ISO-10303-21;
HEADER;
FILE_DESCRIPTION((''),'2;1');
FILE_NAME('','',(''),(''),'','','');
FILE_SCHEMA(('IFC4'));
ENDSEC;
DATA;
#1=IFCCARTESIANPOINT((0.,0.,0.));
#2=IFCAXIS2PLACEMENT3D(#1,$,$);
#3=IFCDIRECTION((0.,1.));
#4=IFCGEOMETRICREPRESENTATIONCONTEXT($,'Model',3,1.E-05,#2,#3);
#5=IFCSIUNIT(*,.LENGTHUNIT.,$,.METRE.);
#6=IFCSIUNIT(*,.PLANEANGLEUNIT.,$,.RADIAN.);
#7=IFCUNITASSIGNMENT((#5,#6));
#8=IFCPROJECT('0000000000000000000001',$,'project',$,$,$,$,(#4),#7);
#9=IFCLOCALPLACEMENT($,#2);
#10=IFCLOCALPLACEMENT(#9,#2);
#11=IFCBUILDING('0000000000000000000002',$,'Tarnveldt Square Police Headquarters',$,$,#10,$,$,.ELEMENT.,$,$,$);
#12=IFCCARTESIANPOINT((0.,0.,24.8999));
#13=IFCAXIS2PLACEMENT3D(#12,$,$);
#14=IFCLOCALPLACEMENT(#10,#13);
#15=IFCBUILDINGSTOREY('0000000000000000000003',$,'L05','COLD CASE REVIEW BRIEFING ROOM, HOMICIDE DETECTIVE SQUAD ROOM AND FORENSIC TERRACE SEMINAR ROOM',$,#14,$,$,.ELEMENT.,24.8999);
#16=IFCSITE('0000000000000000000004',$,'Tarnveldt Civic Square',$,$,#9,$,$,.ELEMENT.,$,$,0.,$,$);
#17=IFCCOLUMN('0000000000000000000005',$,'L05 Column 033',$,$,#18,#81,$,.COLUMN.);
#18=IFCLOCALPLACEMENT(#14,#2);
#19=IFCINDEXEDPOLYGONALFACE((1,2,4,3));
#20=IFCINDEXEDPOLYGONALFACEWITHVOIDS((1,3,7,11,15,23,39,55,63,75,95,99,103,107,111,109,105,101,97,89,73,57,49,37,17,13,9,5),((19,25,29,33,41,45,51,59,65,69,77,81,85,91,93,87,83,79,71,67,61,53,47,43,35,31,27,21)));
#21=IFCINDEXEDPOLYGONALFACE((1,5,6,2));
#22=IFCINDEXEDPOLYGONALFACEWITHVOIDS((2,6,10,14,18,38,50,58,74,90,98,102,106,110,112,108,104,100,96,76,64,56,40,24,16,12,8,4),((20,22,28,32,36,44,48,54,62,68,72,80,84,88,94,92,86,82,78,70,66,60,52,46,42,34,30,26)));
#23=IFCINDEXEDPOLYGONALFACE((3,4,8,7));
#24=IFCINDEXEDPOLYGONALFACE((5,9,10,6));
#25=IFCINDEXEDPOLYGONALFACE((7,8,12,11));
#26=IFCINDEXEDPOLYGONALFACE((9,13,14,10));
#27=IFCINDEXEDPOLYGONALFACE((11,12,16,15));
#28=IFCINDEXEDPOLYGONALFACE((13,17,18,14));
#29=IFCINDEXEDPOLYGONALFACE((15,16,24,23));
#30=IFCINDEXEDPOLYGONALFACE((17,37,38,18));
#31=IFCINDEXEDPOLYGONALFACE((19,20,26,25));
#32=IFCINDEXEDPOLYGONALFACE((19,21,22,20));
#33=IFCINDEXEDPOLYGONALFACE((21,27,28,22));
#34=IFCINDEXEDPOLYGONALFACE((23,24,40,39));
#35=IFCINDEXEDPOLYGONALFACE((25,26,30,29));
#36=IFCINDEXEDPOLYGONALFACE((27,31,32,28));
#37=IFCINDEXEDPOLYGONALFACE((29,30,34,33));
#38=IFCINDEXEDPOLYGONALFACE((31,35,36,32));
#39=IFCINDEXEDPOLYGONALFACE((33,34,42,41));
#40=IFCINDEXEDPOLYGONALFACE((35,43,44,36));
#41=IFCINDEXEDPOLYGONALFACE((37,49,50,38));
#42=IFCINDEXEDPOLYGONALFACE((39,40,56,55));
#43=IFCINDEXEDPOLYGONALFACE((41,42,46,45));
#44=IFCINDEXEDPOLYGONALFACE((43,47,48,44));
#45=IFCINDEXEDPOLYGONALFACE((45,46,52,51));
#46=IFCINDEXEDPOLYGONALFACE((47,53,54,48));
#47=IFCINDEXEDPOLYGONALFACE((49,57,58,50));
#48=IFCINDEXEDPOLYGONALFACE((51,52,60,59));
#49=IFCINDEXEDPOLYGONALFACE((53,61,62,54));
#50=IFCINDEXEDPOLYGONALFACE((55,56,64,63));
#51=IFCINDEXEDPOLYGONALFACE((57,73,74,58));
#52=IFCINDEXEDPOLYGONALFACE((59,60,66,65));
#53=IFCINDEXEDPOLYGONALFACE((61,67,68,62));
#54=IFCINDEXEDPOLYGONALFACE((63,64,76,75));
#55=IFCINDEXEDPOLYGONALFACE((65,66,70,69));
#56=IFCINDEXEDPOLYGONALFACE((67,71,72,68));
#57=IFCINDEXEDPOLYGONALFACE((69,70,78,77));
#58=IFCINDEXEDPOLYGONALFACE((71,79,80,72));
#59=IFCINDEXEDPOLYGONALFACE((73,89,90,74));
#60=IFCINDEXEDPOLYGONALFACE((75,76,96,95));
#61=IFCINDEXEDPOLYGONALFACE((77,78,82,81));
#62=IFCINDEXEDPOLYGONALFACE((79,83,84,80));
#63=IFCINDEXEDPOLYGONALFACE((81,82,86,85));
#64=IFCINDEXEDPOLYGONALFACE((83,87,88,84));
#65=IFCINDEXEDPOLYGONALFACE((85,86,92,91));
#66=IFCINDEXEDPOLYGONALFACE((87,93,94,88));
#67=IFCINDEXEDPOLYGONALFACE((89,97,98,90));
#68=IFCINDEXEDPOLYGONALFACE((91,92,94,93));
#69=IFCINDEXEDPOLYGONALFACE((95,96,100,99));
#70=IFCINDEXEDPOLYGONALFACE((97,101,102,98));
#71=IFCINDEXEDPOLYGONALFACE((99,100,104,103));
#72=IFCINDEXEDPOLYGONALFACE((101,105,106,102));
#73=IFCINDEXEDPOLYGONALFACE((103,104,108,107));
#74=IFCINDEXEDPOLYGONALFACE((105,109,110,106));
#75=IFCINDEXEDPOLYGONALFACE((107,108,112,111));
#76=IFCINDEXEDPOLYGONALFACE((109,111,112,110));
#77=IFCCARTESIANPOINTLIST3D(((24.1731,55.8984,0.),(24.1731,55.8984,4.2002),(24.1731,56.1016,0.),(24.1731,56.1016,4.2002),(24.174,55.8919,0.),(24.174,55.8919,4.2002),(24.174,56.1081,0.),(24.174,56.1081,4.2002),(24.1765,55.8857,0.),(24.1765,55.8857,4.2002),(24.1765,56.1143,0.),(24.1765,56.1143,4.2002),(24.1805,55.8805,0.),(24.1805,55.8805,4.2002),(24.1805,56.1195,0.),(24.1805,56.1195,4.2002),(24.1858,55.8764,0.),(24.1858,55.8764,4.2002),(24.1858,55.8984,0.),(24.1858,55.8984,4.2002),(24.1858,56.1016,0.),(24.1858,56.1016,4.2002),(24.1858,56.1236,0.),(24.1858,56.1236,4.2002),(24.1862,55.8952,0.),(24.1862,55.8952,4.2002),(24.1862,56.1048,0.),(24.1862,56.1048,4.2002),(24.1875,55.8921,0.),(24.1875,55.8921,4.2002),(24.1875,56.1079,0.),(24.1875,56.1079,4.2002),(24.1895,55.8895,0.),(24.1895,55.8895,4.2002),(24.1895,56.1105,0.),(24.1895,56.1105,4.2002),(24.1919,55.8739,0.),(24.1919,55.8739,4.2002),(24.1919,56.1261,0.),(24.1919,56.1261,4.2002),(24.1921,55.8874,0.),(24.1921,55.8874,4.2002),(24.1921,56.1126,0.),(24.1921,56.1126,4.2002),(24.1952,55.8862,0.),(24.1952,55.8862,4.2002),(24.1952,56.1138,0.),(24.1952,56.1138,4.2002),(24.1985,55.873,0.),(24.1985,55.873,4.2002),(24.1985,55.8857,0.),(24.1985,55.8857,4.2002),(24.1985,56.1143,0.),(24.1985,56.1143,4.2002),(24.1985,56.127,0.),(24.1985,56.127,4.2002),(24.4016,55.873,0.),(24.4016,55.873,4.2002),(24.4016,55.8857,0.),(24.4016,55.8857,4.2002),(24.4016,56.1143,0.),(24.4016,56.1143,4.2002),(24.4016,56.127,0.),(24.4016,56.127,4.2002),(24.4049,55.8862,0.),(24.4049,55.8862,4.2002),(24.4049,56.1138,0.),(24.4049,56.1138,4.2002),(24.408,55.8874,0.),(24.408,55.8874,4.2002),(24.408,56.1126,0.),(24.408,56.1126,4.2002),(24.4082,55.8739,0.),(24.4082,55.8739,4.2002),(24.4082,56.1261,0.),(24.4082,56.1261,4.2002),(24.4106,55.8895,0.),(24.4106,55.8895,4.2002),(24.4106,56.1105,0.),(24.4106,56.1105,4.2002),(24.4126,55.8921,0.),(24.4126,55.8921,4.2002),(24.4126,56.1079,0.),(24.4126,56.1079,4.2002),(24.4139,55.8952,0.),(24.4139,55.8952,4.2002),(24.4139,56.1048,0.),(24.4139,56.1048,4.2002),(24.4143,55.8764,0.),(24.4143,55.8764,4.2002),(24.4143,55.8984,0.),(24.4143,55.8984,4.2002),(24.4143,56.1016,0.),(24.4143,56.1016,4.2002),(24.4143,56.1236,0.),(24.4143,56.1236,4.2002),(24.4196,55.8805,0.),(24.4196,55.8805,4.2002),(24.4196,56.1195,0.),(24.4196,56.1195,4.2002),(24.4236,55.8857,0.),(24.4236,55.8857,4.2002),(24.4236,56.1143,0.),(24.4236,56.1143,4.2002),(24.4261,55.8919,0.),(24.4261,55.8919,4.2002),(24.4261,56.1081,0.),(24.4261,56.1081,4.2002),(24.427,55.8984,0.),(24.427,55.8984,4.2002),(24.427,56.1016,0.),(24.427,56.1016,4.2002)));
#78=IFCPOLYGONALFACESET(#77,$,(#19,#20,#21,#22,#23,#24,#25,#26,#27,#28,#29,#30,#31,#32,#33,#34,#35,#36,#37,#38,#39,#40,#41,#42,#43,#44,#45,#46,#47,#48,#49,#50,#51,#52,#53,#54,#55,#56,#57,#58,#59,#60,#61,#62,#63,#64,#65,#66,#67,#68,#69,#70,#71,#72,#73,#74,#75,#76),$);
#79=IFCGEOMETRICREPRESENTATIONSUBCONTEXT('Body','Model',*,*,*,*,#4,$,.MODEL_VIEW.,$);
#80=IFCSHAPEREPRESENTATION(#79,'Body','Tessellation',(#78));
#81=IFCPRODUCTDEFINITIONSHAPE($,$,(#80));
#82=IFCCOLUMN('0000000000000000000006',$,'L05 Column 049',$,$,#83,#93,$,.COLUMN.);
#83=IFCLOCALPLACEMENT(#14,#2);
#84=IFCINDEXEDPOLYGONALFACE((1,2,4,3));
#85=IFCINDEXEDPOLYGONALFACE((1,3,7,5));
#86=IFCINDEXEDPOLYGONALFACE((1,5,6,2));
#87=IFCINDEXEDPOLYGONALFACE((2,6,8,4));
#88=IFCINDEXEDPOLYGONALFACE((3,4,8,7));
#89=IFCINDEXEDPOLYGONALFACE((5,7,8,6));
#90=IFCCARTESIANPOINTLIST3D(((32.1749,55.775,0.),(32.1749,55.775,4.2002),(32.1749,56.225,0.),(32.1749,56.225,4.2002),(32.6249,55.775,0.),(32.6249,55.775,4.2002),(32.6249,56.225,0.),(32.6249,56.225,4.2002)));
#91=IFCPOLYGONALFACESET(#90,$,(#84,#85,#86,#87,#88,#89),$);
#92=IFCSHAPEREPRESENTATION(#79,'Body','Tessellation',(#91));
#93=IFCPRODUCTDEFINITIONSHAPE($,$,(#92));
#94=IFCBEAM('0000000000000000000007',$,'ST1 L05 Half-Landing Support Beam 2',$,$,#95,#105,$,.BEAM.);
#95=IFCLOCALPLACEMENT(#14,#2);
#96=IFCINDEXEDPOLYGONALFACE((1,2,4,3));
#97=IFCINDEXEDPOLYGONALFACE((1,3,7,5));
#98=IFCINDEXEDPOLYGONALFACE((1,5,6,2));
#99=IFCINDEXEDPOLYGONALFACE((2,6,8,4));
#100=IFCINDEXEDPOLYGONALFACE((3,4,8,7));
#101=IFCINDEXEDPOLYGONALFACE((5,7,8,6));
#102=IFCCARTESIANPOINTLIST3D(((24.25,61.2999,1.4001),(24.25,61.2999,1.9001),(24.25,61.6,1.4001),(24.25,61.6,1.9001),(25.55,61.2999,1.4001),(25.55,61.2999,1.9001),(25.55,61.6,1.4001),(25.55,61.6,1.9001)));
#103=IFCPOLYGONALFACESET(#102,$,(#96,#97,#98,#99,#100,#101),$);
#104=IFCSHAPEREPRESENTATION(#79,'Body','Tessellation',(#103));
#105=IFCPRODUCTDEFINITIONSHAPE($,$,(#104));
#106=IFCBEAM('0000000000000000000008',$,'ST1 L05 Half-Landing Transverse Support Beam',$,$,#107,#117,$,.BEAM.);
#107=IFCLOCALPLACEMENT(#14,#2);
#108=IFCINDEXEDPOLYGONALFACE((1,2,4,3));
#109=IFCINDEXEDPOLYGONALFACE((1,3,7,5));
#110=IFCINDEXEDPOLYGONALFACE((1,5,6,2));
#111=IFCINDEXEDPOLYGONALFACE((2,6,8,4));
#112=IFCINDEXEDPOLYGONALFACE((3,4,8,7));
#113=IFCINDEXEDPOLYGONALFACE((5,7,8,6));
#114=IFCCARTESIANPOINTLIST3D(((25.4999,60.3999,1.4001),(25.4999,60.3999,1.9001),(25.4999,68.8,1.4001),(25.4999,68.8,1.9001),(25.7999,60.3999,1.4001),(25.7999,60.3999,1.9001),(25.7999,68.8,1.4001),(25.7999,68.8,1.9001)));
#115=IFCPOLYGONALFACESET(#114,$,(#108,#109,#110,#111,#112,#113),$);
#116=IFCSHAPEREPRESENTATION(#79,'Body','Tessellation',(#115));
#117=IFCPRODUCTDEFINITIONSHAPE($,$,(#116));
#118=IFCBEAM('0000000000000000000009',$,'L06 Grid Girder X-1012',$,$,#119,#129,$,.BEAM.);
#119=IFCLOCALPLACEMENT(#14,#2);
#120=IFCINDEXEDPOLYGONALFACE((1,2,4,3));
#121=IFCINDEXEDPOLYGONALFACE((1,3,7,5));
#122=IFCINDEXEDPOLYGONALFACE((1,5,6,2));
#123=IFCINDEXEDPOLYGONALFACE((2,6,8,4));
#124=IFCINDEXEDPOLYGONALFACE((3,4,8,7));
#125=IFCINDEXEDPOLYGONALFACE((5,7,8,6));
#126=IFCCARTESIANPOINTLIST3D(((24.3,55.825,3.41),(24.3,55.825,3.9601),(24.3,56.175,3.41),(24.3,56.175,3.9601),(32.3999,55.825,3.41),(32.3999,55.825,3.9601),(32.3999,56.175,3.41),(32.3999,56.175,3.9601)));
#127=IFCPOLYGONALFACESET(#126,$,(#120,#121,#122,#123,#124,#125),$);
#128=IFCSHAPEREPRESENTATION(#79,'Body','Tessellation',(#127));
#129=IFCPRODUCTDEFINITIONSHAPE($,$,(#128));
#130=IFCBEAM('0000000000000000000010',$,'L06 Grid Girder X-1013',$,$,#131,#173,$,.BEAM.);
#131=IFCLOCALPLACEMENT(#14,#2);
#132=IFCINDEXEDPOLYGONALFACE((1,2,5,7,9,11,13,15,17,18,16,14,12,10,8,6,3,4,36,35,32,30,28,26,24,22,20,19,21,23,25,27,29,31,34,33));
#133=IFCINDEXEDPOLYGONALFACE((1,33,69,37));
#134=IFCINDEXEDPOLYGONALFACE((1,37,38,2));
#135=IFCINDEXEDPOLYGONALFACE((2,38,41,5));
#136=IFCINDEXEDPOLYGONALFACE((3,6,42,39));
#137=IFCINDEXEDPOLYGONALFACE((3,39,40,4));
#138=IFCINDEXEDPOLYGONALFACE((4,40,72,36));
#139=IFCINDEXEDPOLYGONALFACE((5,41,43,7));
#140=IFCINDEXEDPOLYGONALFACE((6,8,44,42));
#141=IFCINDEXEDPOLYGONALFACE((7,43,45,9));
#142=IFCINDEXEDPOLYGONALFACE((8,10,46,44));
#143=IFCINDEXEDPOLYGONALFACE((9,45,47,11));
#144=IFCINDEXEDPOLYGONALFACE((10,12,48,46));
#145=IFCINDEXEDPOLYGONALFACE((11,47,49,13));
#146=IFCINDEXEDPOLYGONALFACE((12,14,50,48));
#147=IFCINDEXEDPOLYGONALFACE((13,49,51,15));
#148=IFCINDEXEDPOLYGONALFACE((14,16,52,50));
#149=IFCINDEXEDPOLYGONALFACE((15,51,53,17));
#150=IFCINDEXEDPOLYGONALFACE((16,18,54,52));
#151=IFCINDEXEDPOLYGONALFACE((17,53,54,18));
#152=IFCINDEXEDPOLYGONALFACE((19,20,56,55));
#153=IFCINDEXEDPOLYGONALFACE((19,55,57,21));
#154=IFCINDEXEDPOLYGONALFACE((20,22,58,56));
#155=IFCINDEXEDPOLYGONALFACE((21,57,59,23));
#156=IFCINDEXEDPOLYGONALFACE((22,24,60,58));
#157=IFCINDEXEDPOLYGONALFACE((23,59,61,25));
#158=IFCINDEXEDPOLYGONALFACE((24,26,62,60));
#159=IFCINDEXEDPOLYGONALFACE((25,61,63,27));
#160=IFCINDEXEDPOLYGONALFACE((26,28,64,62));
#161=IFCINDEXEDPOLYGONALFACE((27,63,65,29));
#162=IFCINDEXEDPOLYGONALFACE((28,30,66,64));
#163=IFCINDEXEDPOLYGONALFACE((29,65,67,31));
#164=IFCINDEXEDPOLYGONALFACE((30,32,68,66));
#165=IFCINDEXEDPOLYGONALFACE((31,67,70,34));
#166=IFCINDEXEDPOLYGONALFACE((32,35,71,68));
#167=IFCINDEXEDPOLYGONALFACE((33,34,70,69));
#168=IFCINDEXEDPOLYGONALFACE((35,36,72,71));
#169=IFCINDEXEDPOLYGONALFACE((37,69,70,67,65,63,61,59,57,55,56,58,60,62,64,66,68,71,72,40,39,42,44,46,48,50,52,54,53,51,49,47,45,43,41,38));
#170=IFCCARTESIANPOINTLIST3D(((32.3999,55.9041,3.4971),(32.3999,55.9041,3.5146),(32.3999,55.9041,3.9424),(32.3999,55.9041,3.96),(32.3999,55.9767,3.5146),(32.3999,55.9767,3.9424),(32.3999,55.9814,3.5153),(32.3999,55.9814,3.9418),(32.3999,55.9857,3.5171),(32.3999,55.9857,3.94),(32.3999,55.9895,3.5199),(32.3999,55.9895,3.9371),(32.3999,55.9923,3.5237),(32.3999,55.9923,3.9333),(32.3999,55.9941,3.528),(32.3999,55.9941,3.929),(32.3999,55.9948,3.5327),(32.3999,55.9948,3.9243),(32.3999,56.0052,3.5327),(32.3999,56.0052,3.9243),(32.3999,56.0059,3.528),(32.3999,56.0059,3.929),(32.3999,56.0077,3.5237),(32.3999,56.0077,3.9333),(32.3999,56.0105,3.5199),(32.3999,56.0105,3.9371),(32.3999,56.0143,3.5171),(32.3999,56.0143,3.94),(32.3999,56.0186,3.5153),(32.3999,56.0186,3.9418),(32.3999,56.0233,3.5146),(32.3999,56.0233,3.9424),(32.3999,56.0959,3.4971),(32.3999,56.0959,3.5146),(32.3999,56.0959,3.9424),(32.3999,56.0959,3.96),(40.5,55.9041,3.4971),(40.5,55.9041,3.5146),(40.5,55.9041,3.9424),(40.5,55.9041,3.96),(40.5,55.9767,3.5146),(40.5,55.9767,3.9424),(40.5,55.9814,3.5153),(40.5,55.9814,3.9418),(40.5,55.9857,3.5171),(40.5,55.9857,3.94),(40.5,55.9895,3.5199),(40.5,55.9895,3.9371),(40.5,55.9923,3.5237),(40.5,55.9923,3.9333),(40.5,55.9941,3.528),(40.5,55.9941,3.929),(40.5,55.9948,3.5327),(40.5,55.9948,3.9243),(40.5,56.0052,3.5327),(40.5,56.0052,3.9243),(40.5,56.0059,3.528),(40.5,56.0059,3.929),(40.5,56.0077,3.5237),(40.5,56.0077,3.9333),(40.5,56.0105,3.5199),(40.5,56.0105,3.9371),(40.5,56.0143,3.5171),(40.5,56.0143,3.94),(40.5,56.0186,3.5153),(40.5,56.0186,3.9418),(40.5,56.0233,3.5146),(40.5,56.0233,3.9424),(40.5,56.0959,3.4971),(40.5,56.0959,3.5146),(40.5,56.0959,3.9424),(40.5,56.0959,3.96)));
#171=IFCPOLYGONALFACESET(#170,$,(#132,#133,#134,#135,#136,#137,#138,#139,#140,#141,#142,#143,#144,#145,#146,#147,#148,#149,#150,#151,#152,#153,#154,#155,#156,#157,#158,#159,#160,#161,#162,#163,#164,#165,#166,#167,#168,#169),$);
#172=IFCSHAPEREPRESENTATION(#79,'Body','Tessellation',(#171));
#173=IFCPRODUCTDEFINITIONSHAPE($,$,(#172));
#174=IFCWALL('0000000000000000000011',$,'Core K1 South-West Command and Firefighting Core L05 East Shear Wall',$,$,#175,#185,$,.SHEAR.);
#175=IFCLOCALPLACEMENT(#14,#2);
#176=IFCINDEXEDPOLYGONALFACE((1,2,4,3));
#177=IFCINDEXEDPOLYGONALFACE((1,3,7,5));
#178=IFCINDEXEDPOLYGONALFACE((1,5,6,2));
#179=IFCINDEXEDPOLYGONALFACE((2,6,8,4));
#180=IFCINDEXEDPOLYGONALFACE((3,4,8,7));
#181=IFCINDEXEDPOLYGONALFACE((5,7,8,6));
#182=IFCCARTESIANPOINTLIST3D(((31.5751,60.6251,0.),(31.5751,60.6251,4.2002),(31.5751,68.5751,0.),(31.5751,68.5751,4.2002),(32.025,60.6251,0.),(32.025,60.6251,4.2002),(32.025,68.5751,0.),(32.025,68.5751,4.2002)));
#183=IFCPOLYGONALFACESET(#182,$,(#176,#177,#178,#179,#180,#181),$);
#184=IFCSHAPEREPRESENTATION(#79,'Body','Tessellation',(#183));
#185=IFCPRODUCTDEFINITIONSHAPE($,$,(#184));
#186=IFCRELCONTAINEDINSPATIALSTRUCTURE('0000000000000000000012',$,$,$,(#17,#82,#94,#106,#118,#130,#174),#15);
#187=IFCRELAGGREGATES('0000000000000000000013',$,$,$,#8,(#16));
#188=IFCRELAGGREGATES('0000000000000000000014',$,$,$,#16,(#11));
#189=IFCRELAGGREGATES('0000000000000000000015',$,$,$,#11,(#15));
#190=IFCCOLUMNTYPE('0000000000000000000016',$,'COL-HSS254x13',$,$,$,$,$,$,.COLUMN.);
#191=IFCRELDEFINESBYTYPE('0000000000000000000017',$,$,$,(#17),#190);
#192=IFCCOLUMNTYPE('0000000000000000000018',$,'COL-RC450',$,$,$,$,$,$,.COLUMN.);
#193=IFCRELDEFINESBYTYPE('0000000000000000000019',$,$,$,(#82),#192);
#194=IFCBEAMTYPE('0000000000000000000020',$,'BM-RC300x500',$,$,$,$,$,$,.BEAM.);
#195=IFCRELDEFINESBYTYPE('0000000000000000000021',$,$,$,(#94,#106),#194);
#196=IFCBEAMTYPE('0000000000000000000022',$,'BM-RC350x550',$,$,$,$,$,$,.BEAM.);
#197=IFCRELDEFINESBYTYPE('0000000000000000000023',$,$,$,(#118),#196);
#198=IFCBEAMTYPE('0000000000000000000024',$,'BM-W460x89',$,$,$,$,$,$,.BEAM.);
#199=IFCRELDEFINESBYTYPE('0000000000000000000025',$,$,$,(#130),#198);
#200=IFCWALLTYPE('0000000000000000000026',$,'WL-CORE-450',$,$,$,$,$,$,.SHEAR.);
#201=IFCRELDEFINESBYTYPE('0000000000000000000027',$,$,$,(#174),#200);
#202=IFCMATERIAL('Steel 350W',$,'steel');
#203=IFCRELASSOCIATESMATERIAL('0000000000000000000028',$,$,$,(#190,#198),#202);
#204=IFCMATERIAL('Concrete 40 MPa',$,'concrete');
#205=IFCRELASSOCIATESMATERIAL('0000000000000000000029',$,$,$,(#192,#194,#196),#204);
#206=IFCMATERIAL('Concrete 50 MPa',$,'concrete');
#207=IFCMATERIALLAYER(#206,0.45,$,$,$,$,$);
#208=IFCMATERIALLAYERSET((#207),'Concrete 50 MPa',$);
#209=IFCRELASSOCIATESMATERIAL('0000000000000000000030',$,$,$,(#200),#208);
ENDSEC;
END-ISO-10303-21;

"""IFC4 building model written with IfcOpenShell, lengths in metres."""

from ifc_helpers import new_model, si_unit, direction, frame, frame_2d, origin, origin_2d, place, context, subcontext, project, spatial, rectangle, hollow_rectangle, i_section, extrude, material, layer, layer_set, material_profile, profile_set, type_object, element, save


model = new_model("IFC4")

# Units and contexts
model_context = context("Model", 3, precision=1e-05, world=origin(), true_north=direction((0.0, 1.0)))
body_context = subcontext(model_context, "Body", "Model", "MODEL_VIEW")
ifc_project = project(units=[si_unit("LENGTHUNIT", "METRE"), si_unit("PLANEANGLEUNIT", "RADIAN")], contexts=[model_context])

# Site, building, storey
site_placement = place(None, origin())
site = spatial("IfcSite", under=ifc_project, at=site_placement, Name="Tarnveldt Civic Square", CompositionType="ELEMENT", RefElevation=0.0)
building_placement = place(site_placement, origin())
building = spatial("IfcBuilding", under=site, at=building_placement, Name="Tarnveldt Square Police Headquarters", CompositionType="ELEMENT")
storey_placement = place(building_placement, frame((0.0, 0.0, 24.8999)))
storey = spatial("IfcBuildingStorey", under=building, at=storey_placement, Name="L05", Description="COLD CASE REVIEW BRIEFING ROOM, HOMICIDE DETECTIVE SQUAD ROOM AND FORENSIC TERRACE SEMINAR ROOM", CompositionType="ELEMENT", Elevation=24.8999)

# Columns
ifc_material_1 = material(Name="Steel 350W", Category="steel")
ifc_material_profile_1 = material_profile(ifc_material_1, hollow_rectangle(XDim=0.2539, YDim=0.2539, WallThickness=0.0127, InnerFilletRadius=0.0127, OuterFilletRadius=0.0254, at=origin_2d()), Name="HSS254x254x13")
ifc_profile_set_1 = profile_set([ifc_material_profile_1], Name="Steel 350W")
column_type_1 = type_object("IfcColumnType", Name="COL-HSS254x13", PredefinedType="COLUMN", material=ifc_profile_set_1)
column_1_placement = place(storey_placement, frame((24.3, 56.0, 0.0), z_axis=(0.0, 0.0, 1.0), x_axis=(1.0, 0.0, 0.0)))
element("IfcColumn", 1, at=column_1_placement, inside=storey, type_object=column_type_1, Name="L05 Column 033", PredefinedType="COLUMN", context=body_context, shape_type="SweptSolid", body=[
    extrude(hollow_rectangle(XDim=0.2539, YDim=0.2539, WallThickness=0.0127, InnerFilletRadius=0.0127, OuterFilletRadius=0.0254, at=origin_2d()), origin(), (0.0, 0.0, 1.0), 4.2002),
])
ifc_material_2 = material(Name="Concrete 40 MPa", Category="concrete")
ifc_material_profile_2 = material_profile(ifc_material_2, rectangle(XDim=0.45, YDim=0.45, at=origin_2d()), Name="RC-C450x450")
ifc_profile_set_2 = profile_set([ifc_material_profile_2], Name="Concrete 40 MPa")
column_type_2 = type_object("IfcColumnType", Name="COL-RC450", PredefinedType="COLUMN", material=ifc_profile_set_2)
column_2_placement = place(storey_placement, frame((32.3999, 56.0, 0.0), z_axis=(0.0, 0.0, 1.0), x_axis=(1.0, 0.0, 0.0)))
element("IfcColumn", 2, at=column_2_placement, inside=storey, type_object=column_type_2, Name="L05 Column 049", PredefinedType="COLUMN", context=body_context, shape_type="SweptSolid", body=[
    extrude(rectangle(XDim=0.45, YDim=0.45, at=origin_2d()), origin(), (0.0, 0.0, 1.0), 4.2002),
])

# Beams
ifc_material_profile_3 = material_profile(ifc_material_2, rectangle(XDim=0.3, YDim=0.5, at=origin_2d()), Name="RC-B300x500")
ifc_profile_set_3 = profile_set([ifc_material_profile_3], Name="Concrete 40 MPa")
beam_type_1 = type_object("IfcBeamType", Name="BM-RC300x500", PredefinedType="BEAM", material=ifc_profile_set_3)
beam_1_placement = place(storey_placement, frame((24.25, 61.45, 1.6501), z_axis=(1.0, 0.0, 0.0), x_axis=(0.0, 1.0, 0.0)))
element("IfcBeam", 3, at=beam_1_placement, inside=storey, type_object=beam_type_1, Name="ST1 L05 Half-Landing Support Beam 2", PredefinedType="BEAM", context=body_context, shape_type="SweptSolid", body=[
    extrude(rectangle(XDim=0.3, YDim=0.5, at=origin_2d()), origin(), (0.0, 0.0, 1.0), 1.3),
])
beam_2_placement = place(storey_placement, frame((25.6499, 60.3999, 1.6501), z_axis=(0.0, 1.0, 0.0), x_axis=(-1.0, 0.0, 0.0)))
element("IfcBeam", 4, at=beam_2_placement, inside=storey, type_object=beam_type_1, Name="ST1 L05 Half-Landing Transverse Support Beam", PredefinedType="BEAM", context=body_context, shape_type="SweptSolid", body=[
    extrude(rectangle(XDim=0.3, YDim=0.5, at=origin_2d()), origin(), (0.0, 0.0, 1.0), 8.4001),
])
ifc_material_profile_4 = material_profile(ifc_material_2, rectangle(XDim=0.3501, YDim=0.55, at=origin_2d()), Name="RC-B350x550")
ifc_profile_set_4 = profile_set([ifc_material_profile_4], Name="Concrete 40 MPa")
beam_type_2 = type_object("IfcBeamType", Name="BM-RC350x550", PredefinedType="BEAM", material=ifc_profile_set_4)
beam_3_placement = place(storey_placement, frame((24.3, 56.0, 3.6851), z_axis=(1.0, 0.0, 0.0), x_axis=(0.0, 1.0, 0.0)))
element("IfcBeam", 5, at=beam_3_placement, inside=storey, type_object=beam_type_2, Name="L06 Grid Girder X-1012", PredefinedType="BEAM", context=body_context, shape_type="SweptSolid", body=[
    extrude(rectangle(XDim=0.3501, YDim=0.55, at=origin_2d()), origin(), (0.0, 0.0, 1.0), 8.0999),
])
ifc_material_profile_5 = material_profile(ifc_material_1, i_section(OverallWidth=0.1919, OverallDepth=0.4629, WebThickness=0.0105, FlangeThickness=0.0176, FilletRadius=0.0181, at=origin_2d()), Name="W460x89")
ifc_profile_set_5 = profile_set([ifc_material_profile_5], Name="Steel 350W")
beam_type_3 = type_object("IfcBeamType", Name="BM-W460x89", PredefinedType="BEAM", material=ifc_profile_set_5)
beam_4_placement = place(storey_placement, frame((32.3999, 56.0, 3.7285), z_axis=(1.0, 0.0, 0.0), x_axis=(0.0, 1.0, 0.0)))
element("IfcBeam", 6, at=beam_4_placement, inside=storey, type_object=beam_type_3, Name="L06 Grid Girder X-1013", PredefinedType="BEAM", context=body_context, shape_type="SweptSolid", body=[
    extrude(i_section(OverallWidth=0.1919, OverallDepth=0.4629, WebThickness=0.0105, FlangeThickness=0.0176, FilletRadius=0.0181, at=origin_2d()), origin(), (0.0, 0.0, 1.0), 8.1001),
])

# Wall
ifc_material_3 = material(Name="Concrete 50 MPa", Category="concrete")
ifc_layer_1 = layer(ifc_material_3, 0.45)
ifc_layer_set_1 = layer_set([ifc_layer_1], Name="Concrete 50 MPa")
wall_type_1 = type_object("IfcWallType", Name="WL-CORE-450", PredefinedType="SHEAR", material=ifc_layer_set_1)
wall_1_placement = place(storey_placement, frame((31.8, 60.625, 0.0), z_axis=(0.0, 0.0, 1.0), x_axis=(0.0, 1.0, 0.0)))
element("IfcWall", 7, at=wall_1_placement, inside=storey, type_object=wall_type_1, Name="Core K1 South-West Command and Firefighting Core L05 East Shear Wall", PredefinedType="SHEAR", context=body_context, shape_type="SweptSolid", body=[
    extrude(rectangle(XDim=7.95, YDim=0.45, at=frame_2d((3.9751, 0.0))), origin(), (0.0, 0.0, 1.0), 4.2002),
])

save(model, "model.ifc")
